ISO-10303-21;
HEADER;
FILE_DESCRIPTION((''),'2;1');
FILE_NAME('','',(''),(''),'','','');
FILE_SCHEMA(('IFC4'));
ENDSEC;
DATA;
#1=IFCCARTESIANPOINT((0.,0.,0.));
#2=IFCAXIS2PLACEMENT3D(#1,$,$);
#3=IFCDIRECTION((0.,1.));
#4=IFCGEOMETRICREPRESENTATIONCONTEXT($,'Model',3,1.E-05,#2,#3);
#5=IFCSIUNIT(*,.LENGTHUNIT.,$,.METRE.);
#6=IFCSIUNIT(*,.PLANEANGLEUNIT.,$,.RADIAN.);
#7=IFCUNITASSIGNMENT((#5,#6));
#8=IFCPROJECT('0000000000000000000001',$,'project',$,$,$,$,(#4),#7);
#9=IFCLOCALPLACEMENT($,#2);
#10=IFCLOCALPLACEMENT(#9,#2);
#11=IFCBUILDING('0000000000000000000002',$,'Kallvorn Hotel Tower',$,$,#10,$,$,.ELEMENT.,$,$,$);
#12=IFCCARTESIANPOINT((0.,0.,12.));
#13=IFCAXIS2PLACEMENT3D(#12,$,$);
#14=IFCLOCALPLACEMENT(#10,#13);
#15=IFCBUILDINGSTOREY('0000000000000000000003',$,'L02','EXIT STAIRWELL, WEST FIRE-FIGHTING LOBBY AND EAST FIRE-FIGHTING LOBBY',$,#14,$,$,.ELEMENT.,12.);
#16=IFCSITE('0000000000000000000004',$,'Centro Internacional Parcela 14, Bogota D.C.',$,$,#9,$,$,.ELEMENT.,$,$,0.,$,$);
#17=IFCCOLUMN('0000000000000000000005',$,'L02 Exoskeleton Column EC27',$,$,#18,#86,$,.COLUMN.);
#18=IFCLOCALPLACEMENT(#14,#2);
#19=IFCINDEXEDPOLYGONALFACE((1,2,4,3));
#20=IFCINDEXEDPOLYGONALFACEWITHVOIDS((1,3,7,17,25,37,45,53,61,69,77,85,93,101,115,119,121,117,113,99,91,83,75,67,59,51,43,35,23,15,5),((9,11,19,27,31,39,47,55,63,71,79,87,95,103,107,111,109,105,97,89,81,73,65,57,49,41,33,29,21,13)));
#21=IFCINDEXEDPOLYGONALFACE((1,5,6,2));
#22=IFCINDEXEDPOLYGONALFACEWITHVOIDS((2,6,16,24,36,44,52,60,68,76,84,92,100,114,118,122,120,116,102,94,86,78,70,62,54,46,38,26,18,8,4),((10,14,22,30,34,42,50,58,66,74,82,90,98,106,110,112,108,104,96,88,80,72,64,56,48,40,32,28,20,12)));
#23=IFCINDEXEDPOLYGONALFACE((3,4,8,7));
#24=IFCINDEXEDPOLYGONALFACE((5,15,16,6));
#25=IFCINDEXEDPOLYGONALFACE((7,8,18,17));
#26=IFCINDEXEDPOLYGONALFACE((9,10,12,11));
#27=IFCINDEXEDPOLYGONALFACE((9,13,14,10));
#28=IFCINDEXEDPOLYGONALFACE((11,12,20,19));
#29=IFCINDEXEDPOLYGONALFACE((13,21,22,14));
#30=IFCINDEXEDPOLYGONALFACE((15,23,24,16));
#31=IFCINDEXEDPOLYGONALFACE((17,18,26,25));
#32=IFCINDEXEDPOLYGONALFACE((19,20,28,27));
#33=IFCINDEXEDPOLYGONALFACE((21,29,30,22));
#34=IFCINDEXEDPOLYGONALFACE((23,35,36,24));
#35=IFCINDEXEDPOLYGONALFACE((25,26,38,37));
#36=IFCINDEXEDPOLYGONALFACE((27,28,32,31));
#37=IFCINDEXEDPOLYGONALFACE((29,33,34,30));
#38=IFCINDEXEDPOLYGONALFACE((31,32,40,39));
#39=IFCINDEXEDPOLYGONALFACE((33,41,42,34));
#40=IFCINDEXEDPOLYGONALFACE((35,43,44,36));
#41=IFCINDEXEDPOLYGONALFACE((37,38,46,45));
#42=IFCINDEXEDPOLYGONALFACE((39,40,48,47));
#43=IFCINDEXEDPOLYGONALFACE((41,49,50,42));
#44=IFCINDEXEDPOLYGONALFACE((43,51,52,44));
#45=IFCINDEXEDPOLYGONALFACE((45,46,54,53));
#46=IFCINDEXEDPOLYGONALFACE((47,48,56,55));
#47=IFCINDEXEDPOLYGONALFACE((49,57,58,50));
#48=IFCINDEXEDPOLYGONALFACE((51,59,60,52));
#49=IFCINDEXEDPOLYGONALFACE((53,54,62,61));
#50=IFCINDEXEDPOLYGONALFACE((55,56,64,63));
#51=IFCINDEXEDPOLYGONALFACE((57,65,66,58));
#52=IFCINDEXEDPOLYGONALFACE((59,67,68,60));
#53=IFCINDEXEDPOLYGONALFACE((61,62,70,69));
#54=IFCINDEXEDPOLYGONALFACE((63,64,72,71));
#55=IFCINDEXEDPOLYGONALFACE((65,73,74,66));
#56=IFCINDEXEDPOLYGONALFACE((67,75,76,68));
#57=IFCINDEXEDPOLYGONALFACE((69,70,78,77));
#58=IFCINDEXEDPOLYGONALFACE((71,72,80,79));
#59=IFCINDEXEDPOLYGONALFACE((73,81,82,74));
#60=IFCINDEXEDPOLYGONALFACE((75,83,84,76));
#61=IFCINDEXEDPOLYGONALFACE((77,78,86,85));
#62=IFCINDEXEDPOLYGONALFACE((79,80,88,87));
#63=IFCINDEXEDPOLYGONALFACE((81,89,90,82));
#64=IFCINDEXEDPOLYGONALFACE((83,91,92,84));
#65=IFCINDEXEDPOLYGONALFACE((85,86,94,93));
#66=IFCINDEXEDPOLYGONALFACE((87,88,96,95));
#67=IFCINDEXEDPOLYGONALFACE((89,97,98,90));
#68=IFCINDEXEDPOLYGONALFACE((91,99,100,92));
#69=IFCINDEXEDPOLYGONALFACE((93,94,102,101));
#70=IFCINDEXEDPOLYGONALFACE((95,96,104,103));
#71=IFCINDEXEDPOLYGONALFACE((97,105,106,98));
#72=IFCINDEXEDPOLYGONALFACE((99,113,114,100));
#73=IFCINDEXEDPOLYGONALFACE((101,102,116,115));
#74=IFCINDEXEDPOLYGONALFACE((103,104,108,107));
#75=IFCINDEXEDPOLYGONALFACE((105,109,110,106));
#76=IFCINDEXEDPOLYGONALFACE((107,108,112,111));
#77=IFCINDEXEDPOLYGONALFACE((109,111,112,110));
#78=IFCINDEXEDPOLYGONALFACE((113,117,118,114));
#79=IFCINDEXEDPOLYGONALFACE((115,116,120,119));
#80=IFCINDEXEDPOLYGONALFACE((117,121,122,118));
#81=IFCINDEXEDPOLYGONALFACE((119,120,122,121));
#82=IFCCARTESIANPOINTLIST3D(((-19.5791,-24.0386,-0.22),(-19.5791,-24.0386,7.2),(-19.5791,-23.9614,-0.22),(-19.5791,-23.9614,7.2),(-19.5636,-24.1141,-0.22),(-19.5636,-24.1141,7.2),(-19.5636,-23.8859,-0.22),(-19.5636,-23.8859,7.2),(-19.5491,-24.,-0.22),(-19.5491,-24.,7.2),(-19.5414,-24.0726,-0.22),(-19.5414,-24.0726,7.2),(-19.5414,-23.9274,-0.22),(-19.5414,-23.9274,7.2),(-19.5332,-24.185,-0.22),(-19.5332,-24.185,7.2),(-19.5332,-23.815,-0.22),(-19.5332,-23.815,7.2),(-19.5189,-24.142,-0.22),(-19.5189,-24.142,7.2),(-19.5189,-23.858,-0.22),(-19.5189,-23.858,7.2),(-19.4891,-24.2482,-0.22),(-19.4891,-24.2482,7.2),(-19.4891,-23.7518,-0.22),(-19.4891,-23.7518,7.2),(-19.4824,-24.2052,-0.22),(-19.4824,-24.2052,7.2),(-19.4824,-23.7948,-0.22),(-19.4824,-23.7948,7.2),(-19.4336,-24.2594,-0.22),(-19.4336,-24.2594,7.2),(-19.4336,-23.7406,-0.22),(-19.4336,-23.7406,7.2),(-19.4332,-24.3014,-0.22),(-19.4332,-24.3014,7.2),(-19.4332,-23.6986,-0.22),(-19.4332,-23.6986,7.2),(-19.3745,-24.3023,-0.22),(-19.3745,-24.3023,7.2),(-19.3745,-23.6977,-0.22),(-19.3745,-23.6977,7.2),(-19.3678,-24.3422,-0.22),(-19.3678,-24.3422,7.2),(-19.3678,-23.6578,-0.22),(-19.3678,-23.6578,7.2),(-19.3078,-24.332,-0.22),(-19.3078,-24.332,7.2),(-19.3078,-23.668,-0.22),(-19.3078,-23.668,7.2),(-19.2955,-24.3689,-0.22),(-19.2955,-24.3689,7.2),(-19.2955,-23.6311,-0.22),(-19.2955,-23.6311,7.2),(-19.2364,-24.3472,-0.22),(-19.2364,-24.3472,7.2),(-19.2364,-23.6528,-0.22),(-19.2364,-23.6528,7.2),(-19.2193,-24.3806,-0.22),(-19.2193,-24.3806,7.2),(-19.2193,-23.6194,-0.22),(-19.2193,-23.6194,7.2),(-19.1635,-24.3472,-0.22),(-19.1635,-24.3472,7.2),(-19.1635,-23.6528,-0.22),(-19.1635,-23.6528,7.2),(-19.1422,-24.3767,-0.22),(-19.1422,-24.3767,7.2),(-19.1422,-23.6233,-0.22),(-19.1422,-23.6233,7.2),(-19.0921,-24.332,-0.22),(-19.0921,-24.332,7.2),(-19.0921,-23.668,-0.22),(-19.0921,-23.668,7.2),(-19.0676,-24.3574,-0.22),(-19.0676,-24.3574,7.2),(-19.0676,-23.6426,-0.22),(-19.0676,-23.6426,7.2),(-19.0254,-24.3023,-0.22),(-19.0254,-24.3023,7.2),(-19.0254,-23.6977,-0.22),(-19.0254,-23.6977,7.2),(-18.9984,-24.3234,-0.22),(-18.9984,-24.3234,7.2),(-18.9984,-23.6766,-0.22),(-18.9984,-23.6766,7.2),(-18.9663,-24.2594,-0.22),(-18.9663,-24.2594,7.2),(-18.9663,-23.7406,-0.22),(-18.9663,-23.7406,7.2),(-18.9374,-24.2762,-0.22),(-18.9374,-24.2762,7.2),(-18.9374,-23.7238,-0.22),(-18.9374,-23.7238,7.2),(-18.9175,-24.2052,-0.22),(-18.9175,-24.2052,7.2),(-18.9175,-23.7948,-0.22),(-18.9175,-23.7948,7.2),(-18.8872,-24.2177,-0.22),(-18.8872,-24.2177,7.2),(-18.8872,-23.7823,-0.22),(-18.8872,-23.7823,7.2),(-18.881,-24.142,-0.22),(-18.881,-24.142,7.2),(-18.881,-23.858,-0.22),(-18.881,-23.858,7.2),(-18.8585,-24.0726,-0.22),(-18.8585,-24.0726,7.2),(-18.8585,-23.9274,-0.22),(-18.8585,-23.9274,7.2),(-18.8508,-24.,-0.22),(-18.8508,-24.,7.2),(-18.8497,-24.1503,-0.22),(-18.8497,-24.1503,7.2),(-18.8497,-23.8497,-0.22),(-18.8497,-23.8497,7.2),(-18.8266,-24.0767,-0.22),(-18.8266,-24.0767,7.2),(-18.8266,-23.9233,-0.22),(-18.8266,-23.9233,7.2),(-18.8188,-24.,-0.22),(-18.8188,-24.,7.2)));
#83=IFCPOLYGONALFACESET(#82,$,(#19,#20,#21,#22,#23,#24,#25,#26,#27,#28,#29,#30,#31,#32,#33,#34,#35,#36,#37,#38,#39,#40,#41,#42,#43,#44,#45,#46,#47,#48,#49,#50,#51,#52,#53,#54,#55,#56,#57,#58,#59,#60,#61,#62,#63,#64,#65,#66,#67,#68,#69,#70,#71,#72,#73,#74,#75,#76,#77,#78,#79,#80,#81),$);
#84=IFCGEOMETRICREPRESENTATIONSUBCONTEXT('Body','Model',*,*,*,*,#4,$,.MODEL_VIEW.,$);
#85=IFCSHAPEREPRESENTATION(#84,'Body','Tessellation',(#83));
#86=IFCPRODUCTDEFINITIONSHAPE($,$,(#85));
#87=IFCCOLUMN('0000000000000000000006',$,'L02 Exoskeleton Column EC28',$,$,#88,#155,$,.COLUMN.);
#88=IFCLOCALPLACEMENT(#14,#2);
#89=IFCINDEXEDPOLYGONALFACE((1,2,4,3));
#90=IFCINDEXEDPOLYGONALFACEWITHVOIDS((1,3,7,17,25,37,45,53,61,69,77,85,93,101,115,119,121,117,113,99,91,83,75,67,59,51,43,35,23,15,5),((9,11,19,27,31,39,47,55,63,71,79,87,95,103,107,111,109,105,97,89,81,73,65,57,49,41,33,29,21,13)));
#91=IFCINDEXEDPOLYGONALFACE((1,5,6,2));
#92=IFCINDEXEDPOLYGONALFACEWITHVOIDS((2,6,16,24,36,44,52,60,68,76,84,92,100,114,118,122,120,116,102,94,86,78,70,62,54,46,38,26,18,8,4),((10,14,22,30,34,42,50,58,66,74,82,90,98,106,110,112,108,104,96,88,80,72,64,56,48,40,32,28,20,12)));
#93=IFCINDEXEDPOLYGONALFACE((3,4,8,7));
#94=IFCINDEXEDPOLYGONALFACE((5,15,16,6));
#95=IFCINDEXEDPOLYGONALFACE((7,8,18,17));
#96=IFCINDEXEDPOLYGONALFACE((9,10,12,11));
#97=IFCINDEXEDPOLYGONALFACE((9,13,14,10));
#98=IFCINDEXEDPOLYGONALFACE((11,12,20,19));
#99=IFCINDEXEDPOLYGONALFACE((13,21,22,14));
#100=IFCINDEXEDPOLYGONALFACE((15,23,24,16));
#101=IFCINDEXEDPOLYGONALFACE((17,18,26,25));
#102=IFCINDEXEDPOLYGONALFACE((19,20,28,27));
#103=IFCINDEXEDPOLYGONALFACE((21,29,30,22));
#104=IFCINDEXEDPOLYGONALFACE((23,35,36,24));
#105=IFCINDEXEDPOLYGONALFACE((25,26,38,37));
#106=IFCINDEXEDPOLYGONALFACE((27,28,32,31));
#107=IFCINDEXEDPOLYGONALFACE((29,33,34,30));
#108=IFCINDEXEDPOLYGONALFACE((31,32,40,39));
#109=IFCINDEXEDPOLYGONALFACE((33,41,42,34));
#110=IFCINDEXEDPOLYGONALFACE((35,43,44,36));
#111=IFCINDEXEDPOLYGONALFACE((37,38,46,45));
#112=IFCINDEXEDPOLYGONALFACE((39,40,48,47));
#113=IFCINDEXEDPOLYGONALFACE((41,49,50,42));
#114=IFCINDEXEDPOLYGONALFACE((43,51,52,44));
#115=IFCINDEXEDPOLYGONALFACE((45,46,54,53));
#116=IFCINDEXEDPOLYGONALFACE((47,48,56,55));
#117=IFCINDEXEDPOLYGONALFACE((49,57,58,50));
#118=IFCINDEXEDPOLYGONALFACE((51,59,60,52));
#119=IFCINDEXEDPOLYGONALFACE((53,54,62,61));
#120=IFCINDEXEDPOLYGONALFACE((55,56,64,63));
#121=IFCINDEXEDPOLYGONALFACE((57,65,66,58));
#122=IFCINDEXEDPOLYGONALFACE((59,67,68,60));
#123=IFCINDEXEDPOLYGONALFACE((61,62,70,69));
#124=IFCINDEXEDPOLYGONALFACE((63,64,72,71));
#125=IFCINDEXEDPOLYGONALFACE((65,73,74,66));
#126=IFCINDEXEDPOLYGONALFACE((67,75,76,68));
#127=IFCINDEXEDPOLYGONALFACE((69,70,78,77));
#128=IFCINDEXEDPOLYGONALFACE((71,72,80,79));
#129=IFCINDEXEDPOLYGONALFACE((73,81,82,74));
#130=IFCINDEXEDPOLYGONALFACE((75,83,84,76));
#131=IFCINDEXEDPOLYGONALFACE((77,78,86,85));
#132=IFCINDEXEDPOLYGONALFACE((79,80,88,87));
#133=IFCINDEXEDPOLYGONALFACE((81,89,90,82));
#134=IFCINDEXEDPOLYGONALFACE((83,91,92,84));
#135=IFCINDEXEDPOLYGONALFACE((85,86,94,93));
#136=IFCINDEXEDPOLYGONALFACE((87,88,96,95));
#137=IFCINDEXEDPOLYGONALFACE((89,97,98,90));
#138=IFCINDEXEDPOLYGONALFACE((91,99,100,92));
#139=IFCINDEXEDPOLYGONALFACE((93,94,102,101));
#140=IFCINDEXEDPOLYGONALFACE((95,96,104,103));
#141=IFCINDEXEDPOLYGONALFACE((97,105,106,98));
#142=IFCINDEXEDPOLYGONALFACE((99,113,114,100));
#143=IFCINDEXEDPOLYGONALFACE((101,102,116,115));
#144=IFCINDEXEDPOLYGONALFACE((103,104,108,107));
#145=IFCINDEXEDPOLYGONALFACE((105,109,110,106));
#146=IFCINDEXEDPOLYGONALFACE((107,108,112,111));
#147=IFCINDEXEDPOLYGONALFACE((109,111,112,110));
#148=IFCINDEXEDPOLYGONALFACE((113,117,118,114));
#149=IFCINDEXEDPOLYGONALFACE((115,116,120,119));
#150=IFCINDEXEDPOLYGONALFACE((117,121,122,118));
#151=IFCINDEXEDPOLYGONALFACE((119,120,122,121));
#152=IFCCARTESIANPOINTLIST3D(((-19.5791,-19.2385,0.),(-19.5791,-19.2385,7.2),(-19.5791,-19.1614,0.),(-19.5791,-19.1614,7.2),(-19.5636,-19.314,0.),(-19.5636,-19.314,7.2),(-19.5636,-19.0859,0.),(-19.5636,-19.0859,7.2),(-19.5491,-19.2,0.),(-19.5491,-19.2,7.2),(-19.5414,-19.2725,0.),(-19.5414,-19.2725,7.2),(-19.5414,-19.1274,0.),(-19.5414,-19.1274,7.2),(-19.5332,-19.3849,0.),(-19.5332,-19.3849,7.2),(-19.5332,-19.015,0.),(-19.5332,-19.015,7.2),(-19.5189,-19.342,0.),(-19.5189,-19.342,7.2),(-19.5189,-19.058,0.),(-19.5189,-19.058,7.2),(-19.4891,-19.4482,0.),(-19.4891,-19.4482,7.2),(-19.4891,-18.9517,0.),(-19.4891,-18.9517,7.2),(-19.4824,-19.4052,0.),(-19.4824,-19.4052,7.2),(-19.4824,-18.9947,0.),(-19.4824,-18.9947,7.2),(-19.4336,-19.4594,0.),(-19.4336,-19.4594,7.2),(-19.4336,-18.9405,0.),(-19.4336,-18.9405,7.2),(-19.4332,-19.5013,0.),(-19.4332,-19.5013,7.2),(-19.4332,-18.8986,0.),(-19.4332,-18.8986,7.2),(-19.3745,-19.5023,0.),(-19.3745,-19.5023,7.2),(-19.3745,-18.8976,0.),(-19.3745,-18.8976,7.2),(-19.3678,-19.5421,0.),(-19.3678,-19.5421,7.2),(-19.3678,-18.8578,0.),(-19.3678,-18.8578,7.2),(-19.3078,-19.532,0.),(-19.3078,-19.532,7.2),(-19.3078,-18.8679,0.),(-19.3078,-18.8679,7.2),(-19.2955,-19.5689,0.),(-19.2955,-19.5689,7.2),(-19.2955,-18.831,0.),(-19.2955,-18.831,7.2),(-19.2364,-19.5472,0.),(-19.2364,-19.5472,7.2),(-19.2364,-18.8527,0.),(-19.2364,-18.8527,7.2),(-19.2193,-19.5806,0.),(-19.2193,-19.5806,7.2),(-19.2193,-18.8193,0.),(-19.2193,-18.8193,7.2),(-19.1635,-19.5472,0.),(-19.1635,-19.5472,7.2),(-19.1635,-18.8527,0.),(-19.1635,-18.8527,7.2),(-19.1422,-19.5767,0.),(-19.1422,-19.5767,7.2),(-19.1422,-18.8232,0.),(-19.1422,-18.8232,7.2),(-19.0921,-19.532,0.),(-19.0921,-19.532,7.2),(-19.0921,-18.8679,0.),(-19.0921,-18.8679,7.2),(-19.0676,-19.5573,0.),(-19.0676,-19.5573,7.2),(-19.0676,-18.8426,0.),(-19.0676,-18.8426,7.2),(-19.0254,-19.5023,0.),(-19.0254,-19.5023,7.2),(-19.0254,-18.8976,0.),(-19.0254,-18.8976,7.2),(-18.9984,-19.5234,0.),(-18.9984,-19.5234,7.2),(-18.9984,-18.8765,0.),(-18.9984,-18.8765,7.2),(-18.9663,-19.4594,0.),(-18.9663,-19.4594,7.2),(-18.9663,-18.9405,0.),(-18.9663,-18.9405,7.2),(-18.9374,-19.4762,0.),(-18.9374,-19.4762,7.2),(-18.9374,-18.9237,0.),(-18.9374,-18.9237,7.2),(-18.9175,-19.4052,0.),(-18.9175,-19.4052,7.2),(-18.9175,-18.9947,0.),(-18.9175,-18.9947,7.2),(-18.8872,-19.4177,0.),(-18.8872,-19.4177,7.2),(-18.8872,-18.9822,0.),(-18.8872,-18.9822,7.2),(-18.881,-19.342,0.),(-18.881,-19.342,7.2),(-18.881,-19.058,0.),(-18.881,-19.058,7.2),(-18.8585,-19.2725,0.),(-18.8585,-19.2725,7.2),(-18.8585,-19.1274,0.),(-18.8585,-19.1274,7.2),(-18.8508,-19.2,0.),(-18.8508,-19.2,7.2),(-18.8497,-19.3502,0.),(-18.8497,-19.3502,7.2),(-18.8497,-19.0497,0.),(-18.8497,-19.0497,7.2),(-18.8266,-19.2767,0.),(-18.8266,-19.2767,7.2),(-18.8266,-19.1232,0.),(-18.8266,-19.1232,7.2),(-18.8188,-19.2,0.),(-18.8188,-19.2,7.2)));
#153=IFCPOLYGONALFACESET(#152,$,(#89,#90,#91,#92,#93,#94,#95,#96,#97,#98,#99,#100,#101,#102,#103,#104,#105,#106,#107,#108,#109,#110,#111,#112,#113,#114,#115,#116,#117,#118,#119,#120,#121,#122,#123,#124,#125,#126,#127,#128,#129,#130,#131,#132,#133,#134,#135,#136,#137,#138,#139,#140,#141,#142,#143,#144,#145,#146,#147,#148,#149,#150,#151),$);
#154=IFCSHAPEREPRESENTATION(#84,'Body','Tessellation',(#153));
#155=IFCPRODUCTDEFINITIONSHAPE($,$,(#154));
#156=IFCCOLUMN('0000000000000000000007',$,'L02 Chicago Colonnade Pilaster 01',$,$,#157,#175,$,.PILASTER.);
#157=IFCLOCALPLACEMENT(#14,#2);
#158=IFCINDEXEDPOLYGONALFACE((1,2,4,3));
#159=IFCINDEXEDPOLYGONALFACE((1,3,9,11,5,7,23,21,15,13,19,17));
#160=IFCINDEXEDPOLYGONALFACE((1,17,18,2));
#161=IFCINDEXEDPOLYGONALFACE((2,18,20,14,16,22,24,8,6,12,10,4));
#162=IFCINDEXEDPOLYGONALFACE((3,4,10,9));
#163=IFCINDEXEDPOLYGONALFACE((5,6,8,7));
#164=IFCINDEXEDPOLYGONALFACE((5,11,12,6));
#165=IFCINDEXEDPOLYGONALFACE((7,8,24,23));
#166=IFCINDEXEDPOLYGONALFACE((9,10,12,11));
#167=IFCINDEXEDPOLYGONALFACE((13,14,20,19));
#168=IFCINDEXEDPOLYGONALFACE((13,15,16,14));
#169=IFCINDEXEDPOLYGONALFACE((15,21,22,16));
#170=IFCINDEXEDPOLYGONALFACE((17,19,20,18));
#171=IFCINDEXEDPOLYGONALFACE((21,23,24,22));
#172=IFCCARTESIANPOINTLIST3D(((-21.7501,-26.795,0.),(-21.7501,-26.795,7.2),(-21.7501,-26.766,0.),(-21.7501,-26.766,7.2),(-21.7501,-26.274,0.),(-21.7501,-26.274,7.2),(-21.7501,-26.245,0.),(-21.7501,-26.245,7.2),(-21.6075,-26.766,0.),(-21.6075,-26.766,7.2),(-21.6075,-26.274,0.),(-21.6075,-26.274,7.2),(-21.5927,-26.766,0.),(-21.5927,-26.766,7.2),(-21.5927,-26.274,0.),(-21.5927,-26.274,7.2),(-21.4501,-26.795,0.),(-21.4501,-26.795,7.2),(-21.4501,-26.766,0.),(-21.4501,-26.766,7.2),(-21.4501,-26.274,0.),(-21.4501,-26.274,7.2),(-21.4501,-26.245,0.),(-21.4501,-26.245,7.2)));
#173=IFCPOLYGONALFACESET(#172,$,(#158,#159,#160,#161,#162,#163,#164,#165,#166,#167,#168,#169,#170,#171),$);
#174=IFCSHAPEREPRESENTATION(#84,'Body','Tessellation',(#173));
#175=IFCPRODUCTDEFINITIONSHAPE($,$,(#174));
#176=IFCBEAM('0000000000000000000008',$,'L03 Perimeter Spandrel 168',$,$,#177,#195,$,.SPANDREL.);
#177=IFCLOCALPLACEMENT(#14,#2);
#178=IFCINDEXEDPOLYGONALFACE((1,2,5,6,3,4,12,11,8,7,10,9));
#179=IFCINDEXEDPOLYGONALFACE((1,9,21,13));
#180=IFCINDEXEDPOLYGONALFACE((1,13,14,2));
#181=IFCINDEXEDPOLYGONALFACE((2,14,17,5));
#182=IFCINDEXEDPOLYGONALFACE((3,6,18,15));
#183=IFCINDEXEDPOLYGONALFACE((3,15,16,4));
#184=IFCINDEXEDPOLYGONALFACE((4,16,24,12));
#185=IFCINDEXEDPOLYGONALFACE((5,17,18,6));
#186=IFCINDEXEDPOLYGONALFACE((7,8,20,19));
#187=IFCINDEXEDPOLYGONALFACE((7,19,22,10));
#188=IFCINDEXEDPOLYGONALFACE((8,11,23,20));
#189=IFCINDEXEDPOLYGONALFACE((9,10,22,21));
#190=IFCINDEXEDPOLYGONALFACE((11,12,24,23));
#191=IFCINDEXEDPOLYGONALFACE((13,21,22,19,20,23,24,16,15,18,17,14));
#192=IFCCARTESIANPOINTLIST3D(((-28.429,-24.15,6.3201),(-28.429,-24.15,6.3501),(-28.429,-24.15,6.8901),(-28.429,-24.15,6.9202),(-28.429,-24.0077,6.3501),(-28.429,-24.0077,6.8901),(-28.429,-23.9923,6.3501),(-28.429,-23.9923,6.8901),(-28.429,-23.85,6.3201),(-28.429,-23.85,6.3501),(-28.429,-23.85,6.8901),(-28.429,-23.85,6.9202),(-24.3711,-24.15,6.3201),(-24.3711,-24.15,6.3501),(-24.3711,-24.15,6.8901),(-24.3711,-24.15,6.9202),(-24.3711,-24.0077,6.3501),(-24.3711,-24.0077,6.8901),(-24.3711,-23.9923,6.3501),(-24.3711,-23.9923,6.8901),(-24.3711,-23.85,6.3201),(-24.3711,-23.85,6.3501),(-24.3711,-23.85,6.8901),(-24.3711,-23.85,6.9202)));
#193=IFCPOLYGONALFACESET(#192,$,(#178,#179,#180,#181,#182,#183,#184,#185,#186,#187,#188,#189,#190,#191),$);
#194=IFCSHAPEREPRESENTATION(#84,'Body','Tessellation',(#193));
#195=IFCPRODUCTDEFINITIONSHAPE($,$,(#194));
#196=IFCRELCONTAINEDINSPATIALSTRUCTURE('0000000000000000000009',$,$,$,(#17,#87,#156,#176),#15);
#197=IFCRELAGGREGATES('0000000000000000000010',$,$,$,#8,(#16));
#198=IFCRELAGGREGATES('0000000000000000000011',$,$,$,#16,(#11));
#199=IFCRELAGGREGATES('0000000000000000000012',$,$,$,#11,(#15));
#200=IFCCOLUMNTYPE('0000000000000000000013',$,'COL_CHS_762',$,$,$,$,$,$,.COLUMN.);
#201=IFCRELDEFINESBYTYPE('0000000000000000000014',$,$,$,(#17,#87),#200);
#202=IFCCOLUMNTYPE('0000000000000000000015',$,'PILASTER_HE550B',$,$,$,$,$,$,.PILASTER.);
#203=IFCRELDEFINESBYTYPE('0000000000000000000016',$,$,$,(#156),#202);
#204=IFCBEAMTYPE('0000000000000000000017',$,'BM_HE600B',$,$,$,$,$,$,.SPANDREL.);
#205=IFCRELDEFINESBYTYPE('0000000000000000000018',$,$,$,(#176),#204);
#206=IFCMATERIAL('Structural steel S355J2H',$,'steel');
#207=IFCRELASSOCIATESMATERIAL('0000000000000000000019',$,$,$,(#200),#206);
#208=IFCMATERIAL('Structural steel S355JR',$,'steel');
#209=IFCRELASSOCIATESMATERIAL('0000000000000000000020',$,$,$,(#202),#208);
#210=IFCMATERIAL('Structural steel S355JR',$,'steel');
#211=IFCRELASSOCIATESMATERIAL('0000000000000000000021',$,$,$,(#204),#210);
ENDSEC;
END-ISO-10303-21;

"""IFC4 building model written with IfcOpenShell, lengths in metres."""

from ifc_helpers import new_model, si_unit, direction, frame, origin, origin_2d, place, context, subcontext, project, spatial, hollow_circle, i_section, extrude, material, material_profile, profile_set, type_object, element, save


model = new_model("IFC4")

# Units and contexts
model_context = context("Model", 3, precision=1e-05, world=origin(), true_north=direction((0.0, 1.0)))
body_context = subcontext(model_context, "Body", "Model", "MODEL_VIEW")
ifc_project = project(units=[si_unit("LENGTHUNIT", "METRE"), si_unit("PLANEANGLEUNIT", "RADIAN")], contexts=[model_context])

# Site, building, storey
site_placement = place(None, origin())
site = spatial("IfcSite", under=ifc_project, at=site_placement, Name="Centro Internacional Parcela 14, Bogota D.C.", CompositionType="ELEMENT", RefElevation=0.0)
building_placement = place(site_placement, origin())
building = spatial("IfcBuilding", under=site, at=building_placement, Name="Kallvorn Hotel Tower", CompositionType="ELEMENT")
storey_placement = place(building_placement, frame((0.0, 0.0, 12.0)))
storey = spatial("IfcBuildingStorey", under=building, at=storey_placement, Name="L02", Description="EXIT STAIRWELL, WEST FIRE-FIGHTING LOBBY AND EAST FIRE-FIGHTING LOBBY", CompositionType="ELEMENT", Elevation=12.0)

# Columns
ifc_material_1 = material(Name="Structural steel S355J2H", Category="steel")
ifc_material_profile_1 = material_profile(ifc_material_1, hollow_circle(Radius=0.3811, WallThickness=0.032, at=origin_2d()), Name="CHS 762x32")
ifc_profile_set_1 = profile_set([ifc_material_profile_1], Name="Structural steel S355J2H")
column_type_1 = type_object("IfcColumnType", Name="COL_CHS_762", PredefinedType="COLUMN", material=ifc_profile_set_1)
column_1_placement = place(storey_placement, frame((-19.2, -24.0, -0.22), z_axis=(0.0, 0.0, 1.0), x_axis=(1.0, 0.0, 0.0)))
element("IfcColumn", 1, at=column_1_placement, inside=storey, type_object=column_type_1, Name="L02 Exoskeleton Column EC27", PredefinedType="COLUMN", context=body_context, shape_type="SweptSolid", body=[
    extrude(hollow_circle(Radius=0.3811, WallThickness=0.032, at=origin_2d()), origin(), (0.0, 0.0, 1.0), 7.4199),
])
column_2_placement = place(storey_placement, frame((-19.2, -19.2, 0.0), z_axis=(0.0, 0.0, 1.0), x_axis=(1.0, 0.0, 0.0)))
element("IfcColumn", 2, at=column_2_placement, inside=storey, type_object=column_type_1, Name="L02 Exoskeleton Column EC28", PredefinedType="COLUMN", context=body_context, shape_type="SweptSolid", body=[
    extrude(hollow_circle(Radius=0.3811, WallThickness=0.032, at=origin_2d()), origin(), (0.0, 0.0, 1.0), 7.2),
])
ifc_material_2 = material(Name="Structural steel S355JR", Category="steel")
ifc_material_profile_2 = material_profile(ifc_material_2, i_section(OverallWidth=0.3, OverallDepth=0.55, WebThickness=0.0149, FlangeThickness=0.0291, at=origin_2d()), Name="HE 550 B")
ifc_profile_set_2 = profile_set([ifc_material_profile_2], Name="Structural steel S355JR")
column_type_2 = type_object("IfcColumnType", Name="PILASTER_HE550B", PredefinedType="PILASTER", material=ifc_profile_set_2)
column_3_placement = place(storey_placement, frame((-21.6001, -26.52, 0.0), z_axis=(0.0, 0.0, 1.0), x_axis=(1.0, 0.0, 0.0)))
element("IfcColumn", 3, at=column_3_placement, inside=storey, type_object=column_type_2, Name="L02 Chicago Colonnade Pilaster 01", PredefinedType="PILASTER", context=body_context, shape_type="SweptSolid", body=[
    extrude(i_section(OverallWidth=0.3, OverallDepth=0.55, WebThickness=0.0149, FlangeThickness=0.0291, at=origin_2d()), origin(), (0.0, 0.0, 1.0), 7.2),
])

# Beam
ifc_material_3 = material(Name="Structural steel S355JR", Category="steel")
ifc_material_profile_3 = material_profile(ifc_material_3, i_section(OverallWidth=0.3, OverallDepth=0.6001, WebThickness=0.0154, FlangeThickness=0.03, at=origin_2d()), Name="HE 600 B")
ifc_profile_set_3 = profile_set([ifc_material_profile_3], Name="Structural steel S355JR")
beam_type_1 = type_object("IfcBeamType", Name="BM_HE600B", PredefinedType="SPANDREL", material=ifc_profile_set_3)
for number, where, z_axis, x_axis, name in (
    (4, (-28.429, -24.0, 6.6201), (1.0, 0.0, 0.0), (0.0, 1.0, 0.0), "L03 Perimeter Spandrel 168"),
):
    element("IfcBeam", number, at=place(storey_placement, frame(where, z_axis=z_axis, x_axis=x_axis)), inside=storey, type_object=beam_type_1, Name=name, PredefinedType="SPANDREL", context=body_context, shape_type="SweptSolid", body=[
        extrude(i_section(OverallWidth=0.3, OverallDepth=0.6001, WebThickness=0.0154, FlangeThickness=0.03, at=origin_2d()), origin(), (0.0, 0.0, 1.0), 4.0579),
    ])

save(model, "model.ifc")
